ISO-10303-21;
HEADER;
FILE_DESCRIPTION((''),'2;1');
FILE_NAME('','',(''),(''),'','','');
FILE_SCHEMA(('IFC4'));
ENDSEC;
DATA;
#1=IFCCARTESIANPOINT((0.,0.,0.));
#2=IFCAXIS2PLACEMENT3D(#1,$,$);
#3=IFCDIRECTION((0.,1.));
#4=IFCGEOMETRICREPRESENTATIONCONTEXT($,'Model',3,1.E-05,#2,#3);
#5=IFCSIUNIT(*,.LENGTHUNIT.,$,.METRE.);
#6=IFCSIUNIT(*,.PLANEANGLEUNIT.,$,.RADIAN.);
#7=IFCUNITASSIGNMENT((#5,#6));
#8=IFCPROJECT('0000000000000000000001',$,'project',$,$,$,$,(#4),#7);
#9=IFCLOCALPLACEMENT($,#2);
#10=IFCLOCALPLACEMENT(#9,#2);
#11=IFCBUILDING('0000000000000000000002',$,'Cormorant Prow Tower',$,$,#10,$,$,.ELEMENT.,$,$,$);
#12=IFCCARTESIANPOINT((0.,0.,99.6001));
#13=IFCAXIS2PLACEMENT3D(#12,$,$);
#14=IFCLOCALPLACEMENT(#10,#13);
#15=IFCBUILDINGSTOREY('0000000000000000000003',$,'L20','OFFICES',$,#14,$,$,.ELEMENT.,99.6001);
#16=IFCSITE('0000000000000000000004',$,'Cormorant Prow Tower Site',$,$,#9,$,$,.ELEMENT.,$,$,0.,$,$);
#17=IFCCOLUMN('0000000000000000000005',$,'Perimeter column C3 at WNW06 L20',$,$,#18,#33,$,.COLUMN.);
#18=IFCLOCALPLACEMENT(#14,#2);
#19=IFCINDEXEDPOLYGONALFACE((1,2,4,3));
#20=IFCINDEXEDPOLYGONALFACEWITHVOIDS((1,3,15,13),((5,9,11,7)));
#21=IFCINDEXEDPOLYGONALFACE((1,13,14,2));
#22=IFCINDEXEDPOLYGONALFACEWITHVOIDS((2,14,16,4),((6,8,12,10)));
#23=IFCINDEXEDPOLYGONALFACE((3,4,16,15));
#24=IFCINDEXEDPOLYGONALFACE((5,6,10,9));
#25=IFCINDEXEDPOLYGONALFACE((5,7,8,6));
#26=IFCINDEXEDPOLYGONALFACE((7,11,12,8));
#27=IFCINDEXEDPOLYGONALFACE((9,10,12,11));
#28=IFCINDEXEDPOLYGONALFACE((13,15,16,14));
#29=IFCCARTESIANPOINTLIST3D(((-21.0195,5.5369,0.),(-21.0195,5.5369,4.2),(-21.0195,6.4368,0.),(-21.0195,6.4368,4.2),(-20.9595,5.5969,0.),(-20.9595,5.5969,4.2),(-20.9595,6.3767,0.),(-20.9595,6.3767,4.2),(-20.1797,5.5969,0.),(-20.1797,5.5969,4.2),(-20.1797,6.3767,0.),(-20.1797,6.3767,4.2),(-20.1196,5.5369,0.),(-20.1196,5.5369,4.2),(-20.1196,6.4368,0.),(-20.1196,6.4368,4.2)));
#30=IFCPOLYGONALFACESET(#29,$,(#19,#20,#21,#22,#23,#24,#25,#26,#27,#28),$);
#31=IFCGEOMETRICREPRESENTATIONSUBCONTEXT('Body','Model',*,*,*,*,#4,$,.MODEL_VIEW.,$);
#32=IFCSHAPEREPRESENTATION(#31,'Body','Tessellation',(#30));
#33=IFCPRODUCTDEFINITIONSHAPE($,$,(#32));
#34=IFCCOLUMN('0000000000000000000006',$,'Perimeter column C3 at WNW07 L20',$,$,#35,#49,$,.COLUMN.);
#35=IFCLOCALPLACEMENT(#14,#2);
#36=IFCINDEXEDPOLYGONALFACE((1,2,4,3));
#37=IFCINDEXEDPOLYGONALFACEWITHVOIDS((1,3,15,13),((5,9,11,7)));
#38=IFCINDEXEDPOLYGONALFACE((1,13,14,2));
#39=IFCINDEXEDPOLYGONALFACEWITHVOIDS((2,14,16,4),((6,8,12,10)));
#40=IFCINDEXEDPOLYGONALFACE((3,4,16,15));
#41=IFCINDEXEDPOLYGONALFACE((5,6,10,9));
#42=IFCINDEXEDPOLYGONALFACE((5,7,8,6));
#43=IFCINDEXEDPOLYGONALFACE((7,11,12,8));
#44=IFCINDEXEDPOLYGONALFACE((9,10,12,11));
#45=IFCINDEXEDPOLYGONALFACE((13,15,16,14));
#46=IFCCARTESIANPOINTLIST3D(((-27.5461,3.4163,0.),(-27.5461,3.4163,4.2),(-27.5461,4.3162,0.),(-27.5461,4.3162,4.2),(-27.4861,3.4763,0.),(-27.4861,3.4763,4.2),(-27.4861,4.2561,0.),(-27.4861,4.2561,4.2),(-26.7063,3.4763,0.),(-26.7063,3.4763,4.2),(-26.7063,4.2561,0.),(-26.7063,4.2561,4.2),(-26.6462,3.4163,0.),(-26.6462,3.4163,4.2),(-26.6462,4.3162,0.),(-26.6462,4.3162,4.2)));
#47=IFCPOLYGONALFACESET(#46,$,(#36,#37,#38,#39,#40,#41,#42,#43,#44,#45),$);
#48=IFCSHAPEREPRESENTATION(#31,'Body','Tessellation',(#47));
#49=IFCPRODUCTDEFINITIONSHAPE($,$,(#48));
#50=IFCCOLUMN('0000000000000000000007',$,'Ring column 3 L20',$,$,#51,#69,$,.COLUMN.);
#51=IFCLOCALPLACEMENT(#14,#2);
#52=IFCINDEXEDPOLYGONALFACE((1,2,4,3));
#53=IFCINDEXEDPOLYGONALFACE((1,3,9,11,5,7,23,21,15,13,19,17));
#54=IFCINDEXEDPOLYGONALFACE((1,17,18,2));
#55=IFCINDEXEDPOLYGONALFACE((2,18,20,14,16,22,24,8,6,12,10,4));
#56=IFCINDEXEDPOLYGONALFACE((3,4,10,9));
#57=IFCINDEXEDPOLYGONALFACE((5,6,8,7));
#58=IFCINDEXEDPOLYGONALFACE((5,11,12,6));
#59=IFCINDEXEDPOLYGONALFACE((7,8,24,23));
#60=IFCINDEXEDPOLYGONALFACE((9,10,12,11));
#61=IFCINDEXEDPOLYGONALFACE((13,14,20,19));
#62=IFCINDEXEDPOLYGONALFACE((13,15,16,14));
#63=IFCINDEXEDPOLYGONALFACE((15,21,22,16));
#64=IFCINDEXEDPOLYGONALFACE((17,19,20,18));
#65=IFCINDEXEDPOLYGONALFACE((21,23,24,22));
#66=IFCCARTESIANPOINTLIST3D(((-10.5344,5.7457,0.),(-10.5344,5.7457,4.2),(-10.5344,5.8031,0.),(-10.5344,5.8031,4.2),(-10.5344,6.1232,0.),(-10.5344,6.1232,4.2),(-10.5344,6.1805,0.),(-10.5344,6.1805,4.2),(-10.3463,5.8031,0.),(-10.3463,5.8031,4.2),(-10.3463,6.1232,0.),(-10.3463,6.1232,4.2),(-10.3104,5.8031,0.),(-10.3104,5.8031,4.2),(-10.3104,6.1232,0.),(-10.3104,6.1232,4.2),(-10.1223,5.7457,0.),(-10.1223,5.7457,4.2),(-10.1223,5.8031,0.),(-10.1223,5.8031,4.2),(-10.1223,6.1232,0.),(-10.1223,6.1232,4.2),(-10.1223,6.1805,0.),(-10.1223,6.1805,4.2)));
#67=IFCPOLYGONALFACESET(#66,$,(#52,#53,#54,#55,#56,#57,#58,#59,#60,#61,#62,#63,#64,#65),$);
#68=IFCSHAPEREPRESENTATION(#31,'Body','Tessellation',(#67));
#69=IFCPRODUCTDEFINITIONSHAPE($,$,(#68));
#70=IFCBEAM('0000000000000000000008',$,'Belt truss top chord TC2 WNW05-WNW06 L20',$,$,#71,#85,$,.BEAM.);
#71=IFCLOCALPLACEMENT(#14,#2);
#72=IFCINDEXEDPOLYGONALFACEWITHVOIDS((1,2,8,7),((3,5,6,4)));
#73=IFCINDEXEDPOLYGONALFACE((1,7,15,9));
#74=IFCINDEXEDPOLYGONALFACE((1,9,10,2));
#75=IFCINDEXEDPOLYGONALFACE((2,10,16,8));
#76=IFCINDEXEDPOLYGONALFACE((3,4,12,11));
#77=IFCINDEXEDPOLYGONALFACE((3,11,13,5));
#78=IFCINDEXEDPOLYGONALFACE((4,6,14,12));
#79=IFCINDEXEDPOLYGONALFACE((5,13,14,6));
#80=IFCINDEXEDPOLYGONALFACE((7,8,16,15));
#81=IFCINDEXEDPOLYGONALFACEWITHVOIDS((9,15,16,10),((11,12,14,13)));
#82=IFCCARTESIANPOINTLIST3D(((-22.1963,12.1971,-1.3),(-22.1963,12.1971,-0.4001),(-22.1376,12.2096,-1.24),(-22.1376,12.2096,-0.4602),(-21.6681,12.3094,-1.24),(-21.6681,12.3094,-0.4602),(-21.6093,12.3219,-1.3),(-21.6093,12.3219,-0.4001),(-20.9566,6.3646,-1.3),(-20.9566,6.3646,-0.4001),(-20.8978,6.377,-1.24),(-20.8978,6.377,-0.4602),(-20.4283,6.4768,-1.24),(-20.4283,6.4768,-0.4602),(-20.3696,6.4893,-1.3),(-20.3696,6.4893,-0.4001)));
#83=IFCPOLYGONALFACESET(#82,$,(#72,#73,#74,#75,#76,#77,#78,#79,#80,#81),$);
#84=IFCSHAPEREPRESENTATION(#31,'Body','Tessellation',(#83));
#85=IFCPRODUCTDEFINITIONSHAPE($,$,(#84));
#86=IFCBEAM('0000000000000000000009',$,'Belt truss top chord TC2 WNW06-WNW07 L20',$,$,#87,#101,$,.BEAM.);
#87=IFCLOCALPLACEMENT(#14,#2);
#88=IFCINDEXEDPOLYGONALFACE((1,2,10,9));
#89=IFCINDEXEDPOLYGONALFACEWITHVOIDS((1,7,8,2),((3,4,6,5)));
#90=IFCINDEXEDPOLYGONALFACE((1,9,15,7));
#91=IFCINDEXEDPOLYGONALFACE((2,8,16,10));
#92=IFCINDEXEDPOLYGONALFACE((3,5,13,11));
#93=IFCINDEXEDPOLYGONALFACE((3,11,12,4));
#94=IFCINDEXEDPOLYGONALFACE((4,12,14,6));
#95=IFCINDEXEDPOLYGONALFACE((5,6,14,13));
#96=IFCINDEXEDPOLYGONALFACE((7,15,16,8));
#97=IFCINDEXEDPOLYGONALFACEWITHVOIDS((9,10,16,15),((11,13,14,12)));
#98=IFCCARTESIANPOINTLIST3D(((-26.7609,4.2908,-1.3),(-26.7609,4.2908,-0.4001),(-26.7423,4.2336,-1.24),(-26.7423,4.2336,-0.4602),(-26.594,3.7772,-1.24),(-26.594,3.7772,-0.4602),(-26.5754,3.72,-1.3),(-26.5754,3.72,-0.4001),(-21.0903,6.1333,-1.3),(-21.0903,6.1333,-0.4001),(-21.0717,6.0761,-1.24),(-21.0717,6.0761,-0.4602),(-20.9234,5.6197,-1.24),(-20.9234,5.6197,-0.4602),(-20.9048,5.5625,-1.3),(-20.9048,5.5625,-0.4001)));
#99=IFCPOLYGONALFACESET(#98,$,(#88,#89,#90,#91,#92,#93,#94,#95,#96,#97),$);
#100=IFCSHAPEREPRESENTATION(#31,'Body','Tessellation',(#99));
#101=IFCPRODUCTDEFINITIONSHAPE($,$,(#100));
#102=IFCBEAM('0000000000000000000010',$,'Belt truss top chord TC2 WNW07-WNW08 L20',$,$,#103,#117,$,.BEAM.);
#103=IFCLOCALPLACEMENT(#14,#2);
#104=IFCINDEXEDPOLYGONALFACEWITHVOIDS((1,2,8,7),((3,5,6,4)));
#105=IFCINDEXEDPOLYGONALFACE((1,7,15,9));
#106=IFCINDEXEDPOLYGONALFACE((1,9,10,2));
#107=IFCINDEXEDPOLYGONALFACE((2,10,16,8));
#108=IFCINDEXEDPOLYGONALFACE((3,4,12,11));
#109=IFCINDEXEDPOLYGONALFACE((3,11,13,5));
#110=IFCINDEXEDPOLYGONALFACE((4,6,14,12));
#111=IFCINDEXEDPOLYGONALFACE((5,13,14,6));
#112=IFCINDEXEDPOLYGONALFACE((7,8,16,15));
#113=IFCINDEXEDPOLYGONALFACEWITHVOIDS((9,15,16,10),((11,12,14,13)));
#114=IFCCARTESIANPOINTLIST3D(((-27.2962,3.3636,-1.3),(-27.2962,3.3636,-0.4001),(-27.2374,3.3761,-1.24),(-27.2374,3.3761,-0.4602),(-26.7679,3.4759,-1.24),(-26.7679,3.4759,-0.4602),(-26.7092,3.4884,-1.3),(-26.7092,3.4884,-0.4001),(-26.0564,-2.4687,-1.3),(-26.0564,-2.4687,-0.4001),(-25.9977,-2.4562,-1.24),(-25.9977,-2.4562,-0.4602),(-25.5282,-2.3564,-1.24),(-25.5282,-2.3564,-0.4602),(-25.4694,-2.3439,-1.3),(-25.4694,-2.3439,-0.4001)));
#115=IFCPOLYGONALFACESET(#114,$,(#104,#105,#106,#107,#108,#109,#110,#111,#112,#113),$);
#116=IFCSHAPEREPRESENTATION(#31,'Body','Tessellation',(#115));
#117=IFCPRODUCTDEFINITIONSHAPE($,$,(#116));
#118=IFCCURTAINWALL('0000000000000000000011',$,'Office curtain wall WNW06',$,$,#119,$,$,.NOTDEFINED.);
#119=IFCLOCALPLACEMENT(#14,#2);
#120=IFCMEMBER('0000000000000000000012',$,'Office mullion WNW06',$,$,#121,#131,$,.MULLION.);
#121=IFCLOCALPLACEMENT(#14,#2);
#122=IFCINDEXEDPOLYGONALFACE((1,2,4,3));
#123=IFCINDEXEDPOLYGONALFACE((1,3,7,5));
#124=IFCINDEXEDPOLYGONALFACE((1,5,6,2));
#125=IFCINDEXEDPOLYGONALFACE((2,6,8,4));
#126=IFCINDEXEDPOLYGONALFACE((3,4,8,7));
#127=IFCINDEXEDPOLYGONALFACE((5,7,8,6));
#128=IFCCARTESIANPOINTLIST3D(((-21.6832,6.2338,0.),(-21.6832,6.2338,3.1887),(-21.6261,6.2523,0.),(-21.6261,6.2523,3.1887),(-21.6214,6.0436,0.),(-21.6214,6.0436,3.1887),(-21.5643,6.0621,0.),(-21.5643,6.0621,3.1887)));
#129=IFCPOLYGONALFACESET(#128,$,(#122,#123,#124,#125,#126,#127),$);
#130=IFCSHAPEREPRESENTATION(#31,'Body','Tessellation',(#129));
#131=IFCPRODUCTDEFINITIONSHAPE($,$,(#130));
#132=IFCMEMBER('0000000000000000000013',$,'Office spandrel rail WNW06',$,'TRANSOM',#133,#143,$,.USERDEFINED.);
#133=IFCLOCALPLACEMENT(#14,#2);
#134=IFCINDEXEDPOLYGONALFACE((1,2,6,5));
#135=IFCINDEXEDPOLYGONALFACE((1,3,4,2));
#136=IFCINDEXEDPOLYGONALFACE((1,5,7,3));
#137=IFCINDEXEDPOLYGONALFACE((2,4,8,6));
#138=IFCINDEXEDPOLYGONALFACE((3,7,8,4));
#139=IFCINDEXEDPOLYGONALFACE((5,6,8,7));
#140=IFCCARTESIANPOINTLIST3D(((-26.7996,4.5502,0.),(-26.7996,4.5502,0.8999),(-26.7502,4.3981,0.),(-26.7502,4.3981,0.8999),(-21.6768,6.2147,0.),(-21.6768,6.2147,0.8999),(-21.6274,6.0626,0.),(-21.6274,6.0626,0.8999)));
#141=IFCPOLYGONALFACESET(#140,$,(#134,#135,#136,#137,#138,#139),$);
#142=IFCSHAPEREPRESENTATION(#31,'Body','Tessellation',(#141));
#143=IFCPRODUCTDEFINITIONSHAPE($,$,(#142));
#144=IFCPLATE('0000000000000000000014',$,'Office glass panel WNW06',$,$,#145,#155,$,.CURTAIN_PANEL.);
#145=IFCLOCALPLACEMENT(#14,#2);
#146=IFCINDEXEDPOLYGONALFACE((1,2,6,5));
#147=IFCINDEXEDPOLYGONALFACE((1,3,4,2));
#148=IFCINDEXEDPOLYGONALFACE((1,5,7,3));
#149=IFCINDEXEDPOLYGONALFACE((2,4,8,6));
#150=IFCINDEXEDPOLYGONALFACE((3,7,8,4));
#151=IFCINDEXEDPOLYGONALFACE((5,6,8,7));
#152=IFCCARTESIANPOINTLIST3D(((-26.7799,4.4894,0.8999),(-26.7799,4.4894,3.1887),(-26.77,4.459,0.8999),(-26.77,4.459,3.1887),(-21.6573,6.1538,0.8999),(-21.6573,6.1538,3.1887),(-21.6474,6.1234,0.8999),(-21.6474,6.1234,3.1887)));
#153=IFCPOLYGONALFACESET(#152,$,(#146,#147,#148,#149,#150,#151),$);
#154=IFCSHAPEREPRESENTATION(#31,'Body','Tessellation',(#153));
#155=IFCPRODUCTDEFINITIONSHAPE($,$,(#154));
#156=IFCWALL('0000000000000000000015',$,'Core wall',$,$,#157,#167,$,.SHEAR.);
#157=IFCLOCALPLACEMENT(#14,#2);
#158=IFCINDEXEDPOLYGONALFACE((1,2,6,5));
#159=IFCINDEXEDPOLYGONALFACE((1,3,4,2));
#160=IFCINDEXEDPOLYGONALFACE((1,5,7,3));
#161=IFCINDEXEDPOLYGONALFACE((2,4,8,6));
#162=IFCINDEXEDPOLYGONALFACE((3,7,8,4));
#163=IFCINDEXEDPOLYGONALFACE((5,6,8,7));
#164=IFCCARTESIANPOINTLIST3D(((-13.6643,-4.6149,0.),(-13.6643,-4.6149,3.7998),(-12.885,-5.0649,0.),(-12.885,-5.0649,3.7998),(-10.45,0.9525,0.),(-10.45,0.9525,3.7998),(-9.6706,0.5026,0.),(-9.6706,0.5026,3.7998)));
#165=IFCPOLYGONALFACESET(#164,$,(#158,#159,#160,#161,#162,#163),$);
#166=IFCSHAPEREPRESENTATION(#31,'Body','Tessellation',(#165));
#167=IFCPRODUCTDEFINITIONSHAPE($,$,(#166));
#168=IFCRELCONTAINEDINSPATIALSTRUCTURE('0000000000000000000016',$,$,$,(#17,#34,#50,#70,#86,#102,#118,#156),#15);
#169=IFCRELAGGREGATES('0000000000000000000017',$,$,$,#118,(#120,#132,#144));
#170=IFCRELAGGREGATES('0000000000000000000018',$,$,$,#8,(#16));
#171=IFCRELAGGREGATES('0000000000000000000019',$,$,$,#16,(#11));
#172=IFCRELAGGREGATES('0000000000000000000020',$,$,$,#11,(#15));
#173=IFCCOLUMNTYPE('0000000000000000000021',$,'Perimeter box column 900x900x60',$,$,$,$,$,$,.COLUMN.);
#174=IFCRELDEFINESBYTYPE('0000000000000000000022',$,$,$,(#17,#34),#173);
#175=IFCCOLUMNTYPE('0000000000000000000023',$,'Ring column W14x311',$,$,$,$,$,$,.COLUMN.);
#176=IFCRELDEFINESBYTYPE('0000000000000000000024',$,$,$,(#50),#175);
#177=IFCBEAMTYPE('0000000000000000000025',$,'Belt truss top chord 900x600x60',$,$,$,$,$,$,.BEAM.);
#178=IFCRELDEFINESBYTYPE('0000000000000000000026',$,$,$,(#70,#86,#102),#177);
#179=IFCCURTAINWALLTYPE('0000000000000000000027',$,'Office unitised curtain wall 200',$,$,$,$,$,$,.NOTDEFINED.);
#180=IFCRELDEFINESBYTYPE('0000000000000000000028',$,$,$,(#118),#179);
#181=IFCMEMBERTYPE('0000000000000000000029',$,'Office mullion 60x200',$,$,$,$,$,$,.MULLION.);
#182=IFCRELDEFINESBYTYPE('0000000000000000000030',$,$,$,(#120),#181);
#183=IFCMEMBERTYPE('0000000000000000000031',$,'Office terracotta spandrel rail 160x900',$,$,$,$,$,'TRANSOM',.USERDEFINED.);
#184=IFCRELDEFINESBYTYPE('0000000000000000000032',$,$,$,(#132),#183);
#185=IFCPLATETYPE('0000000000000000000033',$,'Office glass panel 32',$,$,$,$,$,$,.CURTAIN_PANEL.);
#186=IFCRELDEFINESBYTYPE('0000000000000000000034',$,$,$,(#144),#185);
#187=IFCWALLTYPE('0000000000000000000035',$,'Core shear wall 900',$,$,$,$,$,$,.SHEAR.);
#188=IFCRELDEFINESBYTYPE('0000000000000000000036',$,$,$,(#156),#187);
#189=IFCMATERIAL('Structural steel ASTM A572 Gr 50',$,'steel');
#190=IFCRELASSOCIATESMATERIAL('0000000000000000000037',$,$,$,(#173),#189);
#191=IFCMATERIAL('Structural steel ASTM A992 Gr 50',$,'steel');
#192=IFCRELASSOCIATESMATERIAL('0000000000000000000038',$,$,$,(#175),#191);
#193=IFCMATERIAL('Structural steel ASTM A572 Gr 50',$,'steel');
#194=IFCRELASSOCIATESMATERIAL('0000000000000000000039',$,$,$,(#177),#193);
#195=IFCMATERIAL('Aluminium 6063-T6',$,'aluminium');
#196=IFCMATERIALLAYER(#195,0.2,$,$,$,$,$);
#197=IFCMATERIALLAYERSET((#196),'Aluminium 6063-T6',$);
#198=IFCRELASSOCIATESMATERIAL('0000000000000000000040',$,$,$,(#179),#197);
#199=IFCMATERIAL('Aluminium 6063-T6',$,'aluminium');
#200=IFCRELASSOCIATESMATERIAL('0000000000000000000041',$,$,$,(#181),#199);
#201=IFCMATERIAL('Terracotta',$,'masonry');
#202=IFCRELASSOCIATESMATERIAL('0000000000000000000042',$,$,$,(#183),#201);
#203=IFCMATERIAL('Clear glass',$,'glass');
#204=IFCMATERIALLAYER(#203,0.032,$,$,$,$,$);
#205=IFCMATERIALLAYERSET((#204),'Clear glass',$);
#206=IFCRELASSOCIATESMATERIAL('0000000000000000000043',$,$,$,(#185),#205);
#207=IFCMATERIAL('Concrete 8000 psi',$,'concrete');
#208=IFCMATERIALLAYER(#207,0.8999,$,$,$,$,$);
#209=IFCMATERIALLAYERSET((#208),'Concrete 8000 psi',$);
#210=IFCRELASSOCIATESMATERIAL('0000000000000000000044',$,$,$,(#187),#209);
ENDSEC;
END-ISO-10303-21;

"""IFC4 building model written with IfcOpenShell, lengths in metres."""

from ifc_helpers import new_model, si_unit, direction, frame, frame_2d, origin, origin_2d, place, context, subcontext, project, spatial, rectangle, hollow_rectangle, i_section, extrude, material, layer, layer_set, material_profile, profile_set, type_object, element, aggregate, save


model = new_model("IFC4")

# Units and contexts
model_context = context("Model", 3, precision=1e-05, world=origin(), true_north=direction((0.0, 1.0)))
body_context = subcontext(model_context, "Body", "Model", "MODEL_VIEW")
ifc_project = project(units=[si_unit("LENGTHUNIT", "METRE"), si_unit("PLANEANGLEUNIT", "RADIAN")], contexts=[model_context])

# Site, building, storey
site_placement = place(None, origin())
site = spatial("IfcSite", under=ifc_project, at=site_placement, Name="Cormorant Prow Tower Site", CompositionType="ELEMENT", RefElevation=0.0)
building_placement = place(site_placement, origin())
building = spatial("IfcBuilding", under=site, at=building_placement, Name="Cormorant Prow Tower", CompositionType="ELEMENT")
storey_placement = place(building_placement, frame((0.0, 0.0, 99.6001)))
storey = spatial("IfcBuildingStorey", under=building, at=storey_placement, Name="L20", Description="OFFICES", CompositionType="ELEMENT", Elevation=99.6001)

# Columns
ifc_material_1 = material(Name="Structural steel ASTM A572 Gr 50", Category="steel")
ifc_material_profile_1 = material_profile(ifc_material_1, hollow_rectangle(XDim=0.8999, YDim=0.8999, WallThickness=0.0601, at=origin_2d()), Name="Box 900x900x60")
ifc_profile_set_1 = profile_set([ifc_material_profile_1], Name="Structural steel ASTM A572 Gr 50")
column_type_1 = type_object("IfcColumnType", Name="Perimeter box column 900x900x60", PredefinedType="COLUMN", material=ifc_profile_set_1)
for number, where, z_axis, x_axis, name in (
    (1, (-20.5696, 5.9868, 0.0), (0.0, 0.0, 1.0), (1.0, 0.0, 0.0), "Perimeter column C3 at WNW06 L20"),
    (2, (-27.0962, 3.8662, 0.0), (0.0, 0.0, 1.0), (1.0, 0.0, 0.0), "Perimeter column C3 at WNW07 L20"),
):
    element("IfcColumn", number, at=place(storey_placement, frame(where, z_axis=z_axis, x_axis=x_axis)), inside=storey, type_object=column_type_1, Name=name, PredefinedType="COLUMN", context=body_context, shape_type="SweptSolid", body=[
        extrude(hollow_rectangle(XDim=0.8999, YDim=0.8999, WallThickness=0.0601, at=origin_2d()), origin(), (0.0, 0.0, 1.0), 4.2),
    ])
ifc_material_2 = material(Name="Structural steel ASTM A992 Gr 50", Category="steel")
ifc_material_profile_2 = material_profile(ifc_material_2, i_section(OverallWidth=0.4121, OverallDepth=0.4348, WebThickness=0.0359, FlangeThickness=0.0574, at=origin_2d()), Name="W14x311")
ifc_profile_set_2 = profile_set([ifc_material_profile_2], Name="Structural steel ASTM A992 Gr 50")
column_type_2 = type_object("IfcColumnType", Name="Ring column W14x311", PredefinedType="COLUMN", material=ifc_profile_set_2)
column_placement = place(storey_placement, frame((-10.3284, 5.9631, 0.0), z_axis=(0.0, 0.0, 1.0), x_axis=(1.0, 0.0, 0.0)))
element("IfcColumn", 3, at=column_placement, inside=storey, type_object=column_type_2, Name="Ring column 3 L20", PredefinedType="COLUMN", context=body_context, shape_type="SweptSolid", body=[
    extrude(i_section(OverallWidth=0.4121, OverallDepth=0.4348, WebThickness=0.0359, FlangeThickness=0.0574, at=origin_2d()), origin(), (0.0, 0.0, 1.0), 4.2),
])

# Beams
ifc_material_3 = material(Name="Structural steel ASTM A572 Gr 50", Category="steel")
ifc_material_profile_3 = material_profile(ifc_material_3, hollow_rectangle(XDim=0.6001, YDim=0.8999, WallThickness=0.0601, at=origin_2d()), Name="Box 900x600x60")
ifc_profile_set_3 = profile_set([ifc_material_profile_3], Name="Structural steel ASTM A572 Gr 50")
beam_type = type_object("IfcBeamType", Name="Belt truss top chord 900x600x60", PredefinedType="BEAM", material=ifc_profile_set_3)
beam_1_placement = place(storey_placement, frame((-21.9028, 12.2595, -0.8501), z_axis=(0.207913, -0.978147, 0.0), x_axis=(0.978147, 0.207913, 0.0)))
element("IfcBeam", 4, at=beam_1_placement, inside=storey, type_object=beam_type, Name="Belt truss top chord TC2 WNW05-WNW06 L20", PredefinedType="BEAM", context=body_context, shape_type="SweptSolid", body=[
    extrude(hollow_rectangle(XDim=0.6001, YDim=0.8999, WallThickness=0.0601, at=origin_2d()), origin(), (0.0, 0.0, 1.0), 5.9629),
])
beam_2_placement = place(storey_placement, frame((-20.9976, 5.8479, -0.8501), z_axis=(-0.951055, -0.30902, 0.0), x_axis=(0.30902, -0.951055, 0.0)))
element("IfcBeam", 5, at=beam_2_placement, inside=storey, type_object=beam_type, Name="Belt truss top chord TC2 WNW06-WNW07 L20", PredefinedType="BEAM", context=body_context, shape_type="SweptSolid", body=[
    extrude(hollow_rectangle(XDim=0.6001, YDim=0.8999, WallThickness=0.0601, at=origin_2d()), origin(), (0.0, 0.0, 1.0), 5.9624),
])
beam_3_placement = place(storey_placement, frame((-27.0027, 3.426, -0.8501), z_axis=(0.207921, -0.978146, 0.0), x_axis=(0.978146, 0.207921, 0.0)))
element("IfcBeam", 6, at=beam_3_placement, inside=storey, type_object=beam_type, Name="Belt truss top chord TC2 WNW07-WNW08 L20", PredefinedType="BEAM", context=body_context, shape_type="SweptSolid", body=[
    extrude(hollow_rectangle(XDim=0.6001, YDim=0.8999, WallThickness=0.0601, at=origin_2d()), origin(), (0.0, 0.0, 1.0), 5.9626),
])

# Curtain wall, members, plate
ifc_material_4 = material(Name="Aluminium 6063-T6", Category="aluminium")
ifc_layer_1 = layer(ifc_material_4, 0.2)
ifc_layer_set_1 = layer_set([ifc_layer_1], Name="Aluminium 6063-T6")
curtain_wall_type = type_object("IfcCurtainWallType", Name="Office unitised curtain wall 200", PredefinedType="NOTDEFINED", material=ifc_layer_set_1)
curtain_wall_placement = place(storey_placement, origin())
curtain_wall = element("IfcCurtainWall", 7, at=curtain_wall_placement, inside=storey, type_object=curtain_wall_type, Name="Office curtain wall WNW06", PredefinedType="NOTDEFINED")
ifc_material_5 = material(Name="Aluminium 6063-T6", Category="aluminium")
ifc_material_profile_4 = material_profile(ifc_material_5, rectangle(XDim=0.2, YDim=0.0601, at=origin_2d()), Name="Office mullion 60x200")
ifc_profile_set_4 = profile_set([ifc_material_profile_4], Name="Aluminium 6063-T6")
member_type_1 = type_object("IfcMemberType", Name="Office mullion 60x200", PredefinedType="MULLION", material=ifc_profile_set_4)
member_1_placement = place(storey_placement, frame((-21.6238, 6.1479, 0.0), z_axis=(0.0, 0.0, 1.0), x_axis=(0.309017, -0.951057, 0.0)))
member_1 = element("IfcMember", 8, at=member_1_placement, type_object=member_type_1, Name="Office mullion WNW06", PredefinedType="MULLION", context=body_context, shape_type="SweptSolid", body=[
    extrude(rectangle(XDim=0.2, YDim=0.0601, at=origin_2d()), origin(), (0.0, 0.0, 1.0), 3.1887),
])
ifc_material_6 = material(Name="Terracotta", Category="masonry")
ifc_material_profile_5 = material_profile(ifc_material_6, rectangle(XDim=0.1599, YDim=0.8999, at=origin_2d()), Name="Office terracotta spandrel rail 160x900")
ifc_profile_set_5 = profile_set([ifc_material_profile_5], Name="Terracotta")
member_type_2 = type_object("IfcMemberType", Name="Office terracotta spandrel rail 160x900", ElementType="TRANSOM", PredefinedType="USERDEFINED", material=ifc_profile_set_5)
member_2_placement = place(storey_placement, frame((-21.6521, 6.1387, 0.45), z_axis=(-0.951054, -0.309026, 0.0), x_axis=(0.309026, -0.951054, 0.0)))
member_2 = element("IfcMember", 9, at=member_2_placement, type_object=member_type_2, Name="Office spandrel rail WNW06", ObjectType="TRANSOM", PredefinedType="USERDEFINED", context=body_context, shape_type="SweptSolid", body=[
    extrude(rectangle(XDim=0.1599, YDim=0.8999, at=origin_2d()), origin(), (0.0, 0.0, 1.0), 5.3865),
])
ifc_material_7 = material(Name="Clear glass", Category="glass")
ifc_layer_2 = layer(ifc_material_7, 0.032)
ifc_layer_set_2 = layer_set([ifc_layer_2], Name="Clear glass")
plate_type = type_object("IfcPlateType", Name="Office glass panel 32", PredefinedType="CURTAIN_PANEL", material=ifc_layer_set_2)
plate_placement = place(storey_placement, frame((-24.2136, 5.3064, 0.8999), z_axis=(0.0, 0.0, 1.0), x_axis=(-0.951057, -0.309017, 0.0)))
plate = element("IfcPlate", 10, at=plate_placement, type_object=plate_type, Name="Office glass panel WNW06", PredefinedType="CURTAIN_PANEL", context=body_context, shape_type="SweptSolid", body=[
    extrude(rectangle(XDim=5.3862, YDim=0.032, at=origin_2d()), origin(), (0.0, 0.0, 1.0), 2.2888),
])
aggregate(curtain_wall, [member_1, member_2, plate])

# Wall
ifc_material_8 = material(Name="Concrete 8000 psi", Category="concrete")
ifc_layer_3 = layer(ifc_material_8, 0.8999)
ifc_layer_set_3 = layer_set([ifc_layer_3], Name="Concrete 8000 psi")
wall_type_1 = type_object("IfcWallType", Name="Core shear wall 900", PredefinedType="SHEAR", material=ifc_layer_set_3)
wall_1_placement = place(storey_placement, frame((-10.0603, 0.7275, 0.0), z_axis=(0.0, 0.0, 1.0), x_axis=(-0.500003, -0.866024, 0.0)))
element("IfcWall", 11, at=wall_1_placement, inside=storey, type_object=wall_type_1, Name="Core wall", PredefinedType="SHEAR", context=body_context, shape_type="SweptSolid", body=[
    extrude(rectangle(XDim=6.4287, YDim=0.8999, at=frame_2d((3.2144, 0.0))), origin(), (0.0, 0.0, 1.0), 3.7998),
])

save(model, "model.ifc")
